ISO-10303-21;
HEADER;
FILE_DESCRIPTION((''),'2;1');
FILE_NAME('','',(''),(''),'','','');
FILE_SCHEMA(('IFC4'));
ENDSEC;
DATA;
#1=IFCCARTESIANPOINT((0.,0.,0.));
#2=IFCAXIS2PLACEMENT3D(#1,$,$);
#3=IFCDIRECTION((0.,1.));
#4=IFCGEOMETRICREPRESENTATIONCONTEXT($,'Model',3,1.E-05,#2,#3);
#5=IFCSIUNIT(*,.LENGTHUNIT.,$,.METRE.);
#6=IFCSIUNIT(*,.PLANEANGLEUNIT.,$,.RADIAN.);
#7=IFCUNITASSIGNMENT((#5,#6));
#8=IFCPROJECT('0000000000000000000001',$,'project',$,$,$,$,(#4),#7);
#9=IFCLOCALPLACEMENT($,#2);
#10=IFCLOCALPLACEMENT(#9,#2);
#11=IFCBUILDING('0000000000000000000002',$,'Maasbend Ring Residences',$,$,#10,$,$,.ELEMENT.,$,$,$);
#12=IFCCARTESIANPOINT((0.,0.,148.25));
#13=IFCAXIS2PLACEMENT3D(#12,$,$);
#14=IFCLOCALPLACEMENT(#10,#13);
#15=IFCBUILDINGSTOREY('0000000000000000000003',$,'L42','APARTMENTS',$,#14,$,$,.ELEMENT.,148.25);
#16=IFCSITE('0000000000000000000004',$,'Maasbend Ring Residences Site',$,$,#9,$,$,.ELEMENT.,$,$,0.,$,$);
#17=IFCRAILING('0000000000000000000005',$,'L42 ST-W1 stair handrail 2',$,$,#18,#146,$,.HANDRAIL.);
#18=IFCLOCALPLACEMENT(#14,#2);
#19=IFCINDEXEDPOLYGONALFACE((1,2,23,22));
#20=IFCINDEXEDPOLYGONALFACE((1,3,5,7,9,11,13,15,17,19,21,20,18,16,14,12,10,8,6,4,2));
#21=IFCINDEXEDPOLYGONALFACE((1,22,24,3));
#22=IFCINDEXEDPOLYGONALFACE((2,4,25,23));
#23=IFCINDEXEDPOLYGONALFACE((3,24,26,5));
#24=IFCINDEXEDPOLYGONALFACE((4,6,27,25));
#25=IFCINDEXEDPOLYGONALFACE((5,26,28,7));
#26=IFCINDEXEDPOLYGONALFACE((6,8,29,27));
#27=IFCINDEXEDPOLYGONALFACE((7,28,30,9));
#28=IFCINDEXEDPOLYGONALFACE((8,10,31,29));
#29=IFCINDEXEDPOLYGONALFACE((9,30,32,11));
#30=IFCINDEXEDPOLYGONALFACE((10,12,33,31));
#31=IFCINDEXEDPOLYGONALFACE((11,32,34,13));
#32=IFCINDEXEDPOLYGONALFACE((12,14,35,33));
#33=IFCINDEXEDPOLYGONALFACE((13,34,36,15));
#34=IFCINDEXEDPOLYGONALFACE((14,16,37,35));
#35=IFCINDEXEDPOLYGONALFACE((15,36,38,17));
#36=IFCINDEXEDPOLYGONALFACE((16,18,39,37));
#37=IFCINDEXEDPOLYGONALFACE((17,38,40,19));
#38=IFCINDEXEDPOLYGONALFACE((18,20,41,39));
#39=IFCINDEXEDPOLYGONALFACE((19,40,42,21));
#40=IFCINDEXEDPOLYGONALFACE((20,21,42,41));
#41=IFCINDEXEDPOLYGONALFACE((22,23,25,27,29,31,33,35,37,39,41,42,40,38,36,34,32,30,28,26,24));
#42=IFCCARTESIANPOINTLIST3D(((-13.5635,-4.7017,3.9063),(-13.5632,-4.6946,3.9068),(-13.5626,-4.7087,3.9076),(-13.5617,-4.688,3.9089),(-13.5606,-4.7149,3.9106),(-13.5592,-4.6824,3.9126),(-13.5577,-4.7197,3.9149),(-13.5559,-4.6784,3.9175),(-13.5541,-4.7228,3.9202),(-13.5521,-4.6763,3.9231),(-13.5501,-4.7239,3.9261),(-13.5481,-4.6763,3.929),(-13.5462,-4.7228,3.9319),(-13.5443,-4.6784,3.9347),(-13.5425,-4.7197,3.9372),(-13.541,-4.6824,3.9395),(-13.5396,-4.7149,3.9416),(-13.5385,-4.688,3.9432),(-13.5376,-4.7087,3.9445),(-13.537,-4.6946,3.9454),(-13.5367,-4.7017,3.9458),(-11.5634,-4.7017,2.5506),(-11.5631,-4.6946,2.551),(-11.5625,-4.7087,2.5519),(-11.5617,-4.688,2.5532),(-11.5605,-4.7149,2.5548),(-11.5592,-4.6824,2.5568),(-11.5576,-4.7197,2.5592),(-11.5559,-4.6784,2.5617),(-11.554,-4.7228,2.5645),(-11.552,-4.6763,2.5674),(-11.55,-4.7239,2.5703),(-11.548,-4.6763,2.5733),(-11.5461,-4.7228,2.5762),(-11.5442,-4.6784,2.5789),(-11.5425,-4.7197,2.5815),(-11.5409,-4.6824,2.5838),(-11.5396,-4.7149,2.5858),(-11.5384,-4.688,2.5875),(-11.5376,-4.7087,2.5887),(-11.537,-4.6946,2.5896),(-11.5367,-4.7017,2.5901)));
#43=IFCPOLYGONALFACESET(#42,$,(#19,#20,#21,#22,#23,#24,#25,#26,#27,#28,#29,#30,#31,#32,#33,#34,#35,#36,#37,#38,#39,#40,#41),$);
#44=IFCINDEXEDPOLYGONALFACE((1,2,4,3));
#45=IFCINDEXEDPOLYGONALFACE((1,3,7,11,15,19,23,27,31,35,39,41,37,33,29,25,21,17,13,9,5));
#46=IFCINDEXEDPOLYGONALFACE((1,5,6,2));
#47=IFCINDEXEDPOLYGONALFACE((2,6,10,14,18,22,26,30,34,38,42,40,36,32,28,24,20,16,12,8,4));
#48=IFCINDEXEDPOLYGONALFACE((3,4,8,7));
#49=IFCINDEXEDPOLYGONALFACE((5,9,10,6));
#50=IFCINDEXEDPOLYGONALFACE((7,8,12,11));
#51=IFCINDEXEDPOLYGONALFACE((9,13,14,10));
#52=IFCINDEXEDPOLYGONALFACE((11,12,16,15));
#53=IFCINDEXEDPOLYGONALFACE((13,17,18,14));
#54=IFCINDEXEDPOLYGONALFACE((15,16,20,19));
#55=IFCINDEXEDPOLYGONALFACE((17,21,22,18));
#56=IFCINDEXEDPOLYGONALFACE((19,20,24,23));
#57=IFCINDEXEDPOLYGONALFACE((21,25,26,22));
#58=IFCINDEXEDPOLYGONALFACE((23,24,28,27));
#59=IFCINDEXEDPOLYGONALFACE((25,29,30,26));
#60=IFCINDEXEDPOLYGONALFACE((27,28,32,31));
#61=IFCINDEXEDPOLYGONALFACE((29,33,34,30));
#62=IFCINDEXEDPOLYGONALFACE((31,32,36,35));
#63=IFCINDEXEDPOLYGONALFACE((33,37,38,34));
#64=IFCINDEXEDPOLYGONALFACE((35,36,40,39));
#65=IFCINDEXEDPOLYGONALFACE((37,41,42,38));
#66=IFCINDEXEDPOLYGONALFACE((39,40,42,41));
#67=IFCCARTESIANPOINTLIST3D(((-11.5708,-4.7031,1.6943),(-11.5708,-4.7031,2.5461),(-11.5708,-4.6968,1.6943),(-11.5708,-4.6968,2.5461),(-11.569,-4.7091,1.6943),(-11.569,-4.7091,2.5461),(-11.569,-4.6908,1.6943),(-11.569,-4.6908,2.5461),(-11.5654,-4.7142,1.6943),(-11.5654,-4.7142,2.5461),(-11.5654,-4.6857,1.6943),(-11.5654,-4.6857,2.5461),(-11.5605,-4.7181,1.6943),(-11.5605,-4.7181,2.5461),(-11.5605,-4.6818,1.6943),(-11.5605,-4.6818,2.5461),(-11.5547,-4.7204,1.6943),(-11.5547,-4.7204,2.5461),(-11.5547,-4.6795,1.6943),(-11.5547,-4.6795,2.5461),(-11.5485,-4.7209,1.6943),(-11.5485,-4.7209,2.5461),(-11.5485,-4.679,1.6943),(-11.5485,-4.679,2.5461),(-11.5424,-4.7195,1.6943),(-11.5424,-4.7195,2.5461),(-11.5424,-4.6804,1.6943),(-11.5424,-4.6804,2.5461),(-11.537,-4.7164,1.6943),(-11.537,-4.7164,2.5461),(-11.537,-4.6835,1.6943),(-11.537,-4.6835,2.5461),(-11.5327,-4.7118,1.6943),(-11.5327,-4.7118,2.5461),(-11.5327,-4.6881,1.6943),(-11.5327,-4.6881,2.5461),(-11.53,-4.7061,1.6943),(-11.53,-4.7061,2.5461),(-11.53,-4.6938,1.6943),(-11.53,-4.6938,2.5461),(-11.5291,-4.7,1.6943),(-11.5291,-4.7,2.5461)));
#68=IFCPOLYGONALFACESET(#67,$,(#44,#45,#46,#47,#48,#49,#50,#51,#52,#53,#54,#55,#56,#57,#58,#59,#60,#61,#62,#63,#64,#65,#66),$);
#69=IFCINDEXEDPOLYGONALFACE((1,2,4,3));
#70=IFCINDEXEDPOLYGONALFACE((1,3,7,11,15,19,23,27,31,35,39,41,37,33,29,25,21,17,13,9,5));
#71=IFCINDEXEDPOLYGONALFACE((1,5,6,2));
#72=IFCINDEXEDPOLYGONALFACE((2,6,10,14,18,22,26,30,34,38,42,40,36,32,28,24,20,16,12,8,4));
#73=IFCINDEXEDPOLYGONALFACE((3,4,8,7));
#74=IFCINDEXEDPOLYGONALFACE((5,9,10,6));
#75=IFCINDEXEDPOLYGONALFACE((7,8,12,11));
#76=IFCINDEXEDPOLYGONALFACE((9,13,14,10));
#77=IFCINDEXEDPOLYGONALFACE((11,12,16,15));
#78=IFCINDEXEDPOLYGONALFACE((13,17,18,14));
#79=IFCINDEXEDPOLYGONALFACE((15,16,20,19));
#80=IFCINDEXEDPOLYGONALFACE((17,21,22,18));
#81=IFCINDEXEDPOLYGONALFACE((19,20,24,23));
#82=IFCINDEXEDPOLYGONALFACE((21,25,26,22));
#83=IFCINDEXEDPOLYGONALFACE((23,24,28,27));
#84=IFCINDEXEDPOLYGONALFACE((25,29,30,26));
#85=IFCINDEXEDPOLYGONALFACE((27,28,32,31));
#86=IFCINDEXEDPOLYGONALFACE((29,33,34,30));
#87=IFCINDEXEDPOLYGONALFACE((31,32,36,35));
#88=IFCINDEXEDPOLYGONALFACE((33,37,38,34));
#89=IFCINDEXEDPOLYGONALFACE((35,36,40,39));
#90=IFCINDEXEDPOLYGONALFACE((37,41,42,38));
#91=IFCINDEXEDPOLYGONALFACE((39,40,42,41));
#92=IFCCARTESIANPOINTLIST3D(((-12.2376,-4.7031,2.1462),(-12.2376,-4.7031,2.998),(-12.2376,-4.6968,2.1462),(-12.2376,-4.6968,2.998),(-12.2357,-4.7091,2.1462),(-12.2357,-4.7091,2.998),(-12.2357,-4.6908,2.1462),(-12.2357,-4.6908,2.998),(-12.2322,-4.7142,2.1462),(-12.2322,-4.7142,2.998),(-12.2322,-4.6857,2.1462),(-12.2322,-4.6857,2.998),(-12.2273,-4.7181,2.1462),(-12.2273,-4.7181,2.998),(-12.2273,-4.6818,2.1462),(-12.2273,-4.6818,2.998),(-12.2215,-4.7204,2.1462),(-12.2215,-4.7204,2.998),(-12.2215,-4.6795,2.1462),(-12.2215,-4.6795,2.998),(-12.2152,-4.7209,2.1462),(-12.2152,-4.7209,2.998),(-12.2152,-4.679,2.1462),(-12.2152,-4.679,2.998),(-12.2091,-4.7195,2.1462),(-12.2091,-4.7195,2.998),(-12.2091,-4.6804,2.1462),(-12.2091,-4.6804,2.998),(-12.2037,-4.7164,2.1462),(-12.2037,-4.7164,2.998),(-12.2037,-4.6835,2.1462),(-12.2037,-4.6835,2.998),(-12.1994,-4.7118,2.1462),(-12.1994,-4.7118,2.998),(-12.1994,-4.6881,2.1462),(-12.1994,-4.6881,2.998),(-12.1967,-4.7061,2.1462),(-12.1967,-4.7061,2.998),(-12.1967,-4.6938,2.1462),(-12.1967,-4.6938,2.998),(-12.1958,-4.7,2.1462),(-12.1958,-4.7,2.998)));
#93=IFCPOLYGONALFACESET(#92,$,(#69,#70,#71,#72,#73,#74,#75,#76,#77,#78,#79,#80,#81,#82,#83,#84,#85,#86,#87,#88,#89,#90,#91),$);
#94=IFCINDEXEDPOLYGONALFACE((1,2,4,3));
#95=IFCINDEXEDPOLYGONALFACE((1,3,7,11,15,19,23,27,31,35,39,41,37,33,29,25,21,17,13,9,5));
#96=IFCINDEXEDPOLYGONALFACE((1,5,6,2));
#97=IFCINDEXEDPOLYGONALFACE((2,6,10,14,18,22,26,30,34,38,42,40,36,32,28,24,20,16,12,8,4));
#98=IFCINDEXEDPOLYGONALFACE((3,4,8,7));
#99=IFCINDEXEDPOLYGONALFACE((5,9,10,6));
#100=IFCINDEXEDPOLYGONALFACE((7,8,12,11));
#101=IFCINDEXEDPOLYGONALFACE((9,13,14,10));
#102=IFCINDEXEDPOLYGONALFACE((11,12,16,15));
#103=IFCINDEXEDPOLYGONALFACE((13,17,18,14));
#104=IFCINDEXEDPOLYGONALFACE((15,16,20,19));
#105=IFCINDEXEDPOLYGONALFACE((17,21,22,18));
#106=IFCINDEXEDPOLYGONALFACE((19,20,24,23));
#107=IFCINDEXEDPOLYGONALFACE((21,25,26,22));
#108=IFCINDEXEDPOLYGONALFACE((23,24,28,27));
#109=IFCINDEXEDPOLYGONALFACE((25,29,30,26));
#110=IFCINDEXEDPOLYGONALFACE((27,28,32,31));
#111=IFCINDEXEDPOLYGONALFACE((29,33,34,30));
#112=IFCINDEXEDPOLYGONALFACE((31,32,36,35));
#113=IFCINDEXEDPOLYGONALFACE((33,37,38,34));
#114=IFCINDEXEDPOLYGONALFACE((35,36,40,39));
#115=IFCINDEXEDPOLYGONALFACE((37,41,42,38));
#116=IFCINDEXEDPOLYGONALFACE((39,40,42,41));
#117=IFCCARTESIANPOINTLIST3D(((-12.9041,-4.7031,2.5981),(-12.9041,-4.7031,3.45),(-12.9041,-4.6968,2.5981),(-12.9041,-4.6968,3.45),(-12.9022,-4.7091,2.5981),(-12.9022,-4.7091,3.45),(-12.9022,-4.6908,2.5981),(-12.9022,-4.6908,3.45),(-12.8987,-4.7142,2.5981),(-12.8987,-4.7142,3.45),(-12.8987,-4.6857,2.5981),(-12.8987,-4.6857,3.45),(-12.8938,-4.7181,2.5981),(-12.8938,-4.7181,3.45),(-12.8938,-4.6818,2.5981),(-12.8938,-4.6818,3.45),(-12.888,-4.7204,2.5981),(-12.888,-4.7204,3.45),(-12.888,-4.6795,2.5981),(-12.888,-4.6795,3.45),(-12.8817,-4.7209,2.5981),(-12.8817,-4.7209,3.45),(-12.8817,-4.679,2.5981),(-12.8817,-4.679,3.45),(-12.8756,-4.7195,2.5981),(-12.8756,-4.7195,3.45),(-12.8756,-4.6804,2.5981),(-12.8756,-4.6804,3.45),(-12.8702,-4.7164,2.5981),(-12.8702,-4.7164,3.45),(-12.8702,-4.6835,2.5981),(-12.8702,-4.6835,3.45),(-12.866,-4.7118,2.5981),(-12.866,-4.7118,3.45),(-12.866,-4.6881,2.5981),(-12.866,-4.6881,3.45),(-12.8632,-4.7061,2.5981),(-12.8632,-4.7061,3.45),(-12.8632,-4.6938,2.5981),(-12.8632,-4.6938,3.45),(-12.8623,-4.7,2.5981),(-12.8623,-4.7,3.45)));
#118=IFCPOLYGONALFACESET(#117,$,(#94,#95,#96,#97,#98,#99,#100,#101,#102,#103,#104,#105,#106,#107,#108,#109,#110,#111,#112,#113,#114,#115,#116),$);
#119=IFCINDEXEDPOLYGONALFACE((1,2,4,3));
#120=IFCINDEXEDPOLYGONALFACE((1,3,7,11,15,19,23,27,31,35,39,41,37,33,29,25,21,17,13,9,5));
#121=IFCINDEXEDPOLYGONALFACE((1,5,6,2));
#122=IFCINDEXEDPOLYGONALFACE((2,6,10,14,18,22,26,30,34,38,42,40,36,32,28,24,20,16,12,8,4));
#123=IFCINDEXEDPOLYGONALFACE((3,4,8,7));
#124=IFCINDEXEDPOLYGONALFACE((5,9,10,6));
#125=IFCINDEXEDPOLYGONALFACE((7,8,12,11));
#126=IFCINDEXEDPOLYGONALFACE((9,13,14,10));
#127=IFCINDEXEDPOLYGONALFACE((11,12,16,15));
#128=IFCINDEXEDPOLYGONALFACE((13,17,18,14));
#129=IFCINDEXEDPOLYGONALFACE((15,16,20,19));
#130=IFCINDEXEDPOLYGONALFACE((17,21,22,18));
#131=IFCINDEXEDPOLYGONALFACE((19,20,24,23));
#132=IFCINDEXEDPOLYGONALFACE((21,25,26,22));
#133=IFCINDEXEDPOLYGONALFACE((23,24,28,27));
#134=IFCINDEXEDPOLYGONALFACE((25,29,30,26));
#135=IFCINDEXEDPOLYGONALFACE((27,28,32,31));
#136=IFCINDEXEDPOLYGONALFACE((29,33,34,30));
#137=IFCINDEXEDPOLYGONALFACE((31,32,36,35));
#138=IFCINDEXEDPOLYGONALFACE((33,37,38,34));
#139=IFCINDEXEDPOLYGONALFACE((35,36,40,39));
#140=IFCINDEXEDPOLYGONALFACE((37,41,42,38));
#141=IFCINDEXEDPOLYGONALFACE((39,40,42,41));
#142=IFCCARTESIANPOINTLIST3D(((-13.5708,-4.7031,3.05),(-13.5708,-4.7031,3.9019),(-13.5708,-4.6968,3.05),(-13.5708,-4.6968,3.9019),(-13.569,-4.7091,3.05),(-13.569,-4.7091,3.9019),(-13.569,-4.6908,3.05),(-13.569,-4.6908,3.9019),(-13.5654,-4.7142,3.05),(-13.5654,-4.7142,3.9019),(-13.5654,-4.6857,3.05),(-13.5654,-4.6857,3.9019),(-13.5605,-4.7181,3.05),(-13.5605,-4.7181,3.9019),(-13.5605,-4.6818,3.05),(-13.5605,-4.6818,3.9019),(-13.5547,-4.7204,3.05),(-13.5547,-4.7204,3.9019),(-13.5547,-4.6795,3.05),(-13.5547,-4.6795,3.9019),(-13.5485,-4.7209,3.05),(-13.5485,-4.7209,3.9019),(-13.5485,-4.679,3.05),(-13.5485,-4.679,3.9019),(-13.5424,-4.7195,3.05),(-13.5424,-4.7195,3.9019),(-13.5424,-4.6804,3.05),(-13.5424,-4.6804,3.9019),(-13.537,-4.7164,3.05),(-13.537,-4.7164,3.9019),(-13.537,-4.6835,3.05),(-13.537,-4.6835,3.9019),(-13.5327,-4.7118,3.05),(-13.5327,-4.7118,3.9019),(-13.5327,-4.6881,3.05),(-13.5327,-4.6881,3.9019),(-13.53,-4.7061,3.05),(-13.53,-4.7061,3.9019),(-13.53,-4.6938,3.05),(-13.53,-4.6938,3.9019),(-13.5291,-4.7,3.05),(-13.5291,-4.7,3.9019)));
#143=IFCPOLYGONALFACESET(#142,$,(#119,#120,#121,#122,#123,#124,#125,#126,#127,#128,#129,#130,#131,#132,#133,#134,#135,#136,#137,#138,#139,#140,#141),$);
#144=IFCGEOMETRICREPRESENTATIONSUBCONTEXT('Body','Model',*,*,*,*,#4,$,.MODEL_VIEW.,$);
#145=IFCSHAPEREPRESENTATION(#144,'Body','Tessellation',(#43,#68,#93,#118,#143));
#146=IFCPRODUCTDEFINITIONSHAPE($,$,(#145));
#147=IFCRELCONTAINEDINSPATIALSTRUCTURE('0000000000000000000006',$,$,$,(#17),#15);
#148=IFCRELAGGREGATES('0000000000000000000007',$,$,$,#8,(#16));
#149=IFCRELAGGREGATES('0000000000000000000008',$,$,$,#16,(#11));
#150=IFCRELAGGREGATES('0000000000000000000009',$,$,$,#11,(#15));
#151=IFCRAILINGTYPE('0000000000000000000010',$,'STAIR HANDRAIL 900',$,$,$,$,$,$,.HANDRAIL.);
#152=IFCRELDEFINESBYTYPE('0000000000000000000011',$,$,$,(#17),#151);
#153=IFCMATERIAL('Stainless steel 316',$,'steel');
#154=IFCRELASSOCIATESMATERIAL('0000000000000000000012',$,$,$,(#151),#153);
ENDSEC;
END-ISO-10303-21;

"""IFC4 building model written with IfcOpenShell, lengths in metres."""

from ifc_helpers import new_model, si_unit, direction, frame, origin, origin_2d, place, context, subcontext, project, spatial, circle, extrude, material, type_object, element, save


model = new_model("IFC4")

# Units and contexts
model_context = context("Model", 3, precision=1e-05, world=origin(), true_north=direction((0.0, 1.0)))
body_context = subcontext(model_context, "Body", "Model", "MODEL_VIEW")
ifc_project = project(units=[si_unit("LENGTHUNIT", "METRE"), si_unit("PLANEANGLEUNIT", "RADIAN")], contexts=[model_context])

# Site, building, storey
site_placement = place(None, origin())
site = spatial("IfcSite", under=ifc_project, at=site_placement, Name="Maasbend Ring Residences Site", CompositionType="ELEMENT", RefElevation=0.0)
building_placement = place(site_placement, origin())
building = spatial("IfcBuilding", under=site, at=building_placement, Name="Maasbend Ring Residences", CompositionType="ELEMENT")
storey_placement = place(building_placement, frame((0.0, 0.0, 148.25)))
storey = spatial("IfcBuildingStorey", under=building, at=storey_placement, Name="L42", Description="APARTMENTS", CompositionType="ELEMENT", Elevation=148.25)

# Railing
ifc_material_1 = material(Name="Stainless steel 316", Category="steel")
railing_type_1 = type_object("IfcRailingType", Name="STAIR HANDRAIL 900", PredefinedType="HANDRAIL", material=ifc_material_1)
railing_1_placement = place(storey_placement, frame((-11.55, -4.7, 1.6943)))
element("IfcRailing", 1, at=railing_1_placement, inside=storey, type_object=railing_type_1, Name="L42 ST-W1 stair handrail 2", PredefinedType="HANDRAIL", context=body_context, shape_type="SweptSolid", body=[
    extrude(circle(Radius=0.0239, at=origin_2d()), frame((0.0, 0.0, 0.876), z_axis=(-0.827751, 0.0, 0.561096), x_axis=(0.0, -1.0, 0.0)), (0.0, 0.0, 1.0), 2.4163),
    extrude(circle(Radius=0.021, at=origin_2d()), origin(), (0.0, 0.0, 1.0), 0.8518),
    extrude(circle(Radius=0.021, at=origin_2d()), frame((-0.6667, 0.0, 0.4519)), (0.0, 0.0, 1.0), 0.8518),
    extrude(circle(Radius=0.021, at=origin_2d()), frame((-1.3333, 0.0, 0.9038)), (0.0, 0.0, 1.0), 0.8518),
    extrude(circle(Radius=0.021, at=origin_2d()), frame((-2.0, 0.0, 1.3557)), (0.0, 0.0, 1.0), 0.8518),
])

save(model, "model.ifc")
